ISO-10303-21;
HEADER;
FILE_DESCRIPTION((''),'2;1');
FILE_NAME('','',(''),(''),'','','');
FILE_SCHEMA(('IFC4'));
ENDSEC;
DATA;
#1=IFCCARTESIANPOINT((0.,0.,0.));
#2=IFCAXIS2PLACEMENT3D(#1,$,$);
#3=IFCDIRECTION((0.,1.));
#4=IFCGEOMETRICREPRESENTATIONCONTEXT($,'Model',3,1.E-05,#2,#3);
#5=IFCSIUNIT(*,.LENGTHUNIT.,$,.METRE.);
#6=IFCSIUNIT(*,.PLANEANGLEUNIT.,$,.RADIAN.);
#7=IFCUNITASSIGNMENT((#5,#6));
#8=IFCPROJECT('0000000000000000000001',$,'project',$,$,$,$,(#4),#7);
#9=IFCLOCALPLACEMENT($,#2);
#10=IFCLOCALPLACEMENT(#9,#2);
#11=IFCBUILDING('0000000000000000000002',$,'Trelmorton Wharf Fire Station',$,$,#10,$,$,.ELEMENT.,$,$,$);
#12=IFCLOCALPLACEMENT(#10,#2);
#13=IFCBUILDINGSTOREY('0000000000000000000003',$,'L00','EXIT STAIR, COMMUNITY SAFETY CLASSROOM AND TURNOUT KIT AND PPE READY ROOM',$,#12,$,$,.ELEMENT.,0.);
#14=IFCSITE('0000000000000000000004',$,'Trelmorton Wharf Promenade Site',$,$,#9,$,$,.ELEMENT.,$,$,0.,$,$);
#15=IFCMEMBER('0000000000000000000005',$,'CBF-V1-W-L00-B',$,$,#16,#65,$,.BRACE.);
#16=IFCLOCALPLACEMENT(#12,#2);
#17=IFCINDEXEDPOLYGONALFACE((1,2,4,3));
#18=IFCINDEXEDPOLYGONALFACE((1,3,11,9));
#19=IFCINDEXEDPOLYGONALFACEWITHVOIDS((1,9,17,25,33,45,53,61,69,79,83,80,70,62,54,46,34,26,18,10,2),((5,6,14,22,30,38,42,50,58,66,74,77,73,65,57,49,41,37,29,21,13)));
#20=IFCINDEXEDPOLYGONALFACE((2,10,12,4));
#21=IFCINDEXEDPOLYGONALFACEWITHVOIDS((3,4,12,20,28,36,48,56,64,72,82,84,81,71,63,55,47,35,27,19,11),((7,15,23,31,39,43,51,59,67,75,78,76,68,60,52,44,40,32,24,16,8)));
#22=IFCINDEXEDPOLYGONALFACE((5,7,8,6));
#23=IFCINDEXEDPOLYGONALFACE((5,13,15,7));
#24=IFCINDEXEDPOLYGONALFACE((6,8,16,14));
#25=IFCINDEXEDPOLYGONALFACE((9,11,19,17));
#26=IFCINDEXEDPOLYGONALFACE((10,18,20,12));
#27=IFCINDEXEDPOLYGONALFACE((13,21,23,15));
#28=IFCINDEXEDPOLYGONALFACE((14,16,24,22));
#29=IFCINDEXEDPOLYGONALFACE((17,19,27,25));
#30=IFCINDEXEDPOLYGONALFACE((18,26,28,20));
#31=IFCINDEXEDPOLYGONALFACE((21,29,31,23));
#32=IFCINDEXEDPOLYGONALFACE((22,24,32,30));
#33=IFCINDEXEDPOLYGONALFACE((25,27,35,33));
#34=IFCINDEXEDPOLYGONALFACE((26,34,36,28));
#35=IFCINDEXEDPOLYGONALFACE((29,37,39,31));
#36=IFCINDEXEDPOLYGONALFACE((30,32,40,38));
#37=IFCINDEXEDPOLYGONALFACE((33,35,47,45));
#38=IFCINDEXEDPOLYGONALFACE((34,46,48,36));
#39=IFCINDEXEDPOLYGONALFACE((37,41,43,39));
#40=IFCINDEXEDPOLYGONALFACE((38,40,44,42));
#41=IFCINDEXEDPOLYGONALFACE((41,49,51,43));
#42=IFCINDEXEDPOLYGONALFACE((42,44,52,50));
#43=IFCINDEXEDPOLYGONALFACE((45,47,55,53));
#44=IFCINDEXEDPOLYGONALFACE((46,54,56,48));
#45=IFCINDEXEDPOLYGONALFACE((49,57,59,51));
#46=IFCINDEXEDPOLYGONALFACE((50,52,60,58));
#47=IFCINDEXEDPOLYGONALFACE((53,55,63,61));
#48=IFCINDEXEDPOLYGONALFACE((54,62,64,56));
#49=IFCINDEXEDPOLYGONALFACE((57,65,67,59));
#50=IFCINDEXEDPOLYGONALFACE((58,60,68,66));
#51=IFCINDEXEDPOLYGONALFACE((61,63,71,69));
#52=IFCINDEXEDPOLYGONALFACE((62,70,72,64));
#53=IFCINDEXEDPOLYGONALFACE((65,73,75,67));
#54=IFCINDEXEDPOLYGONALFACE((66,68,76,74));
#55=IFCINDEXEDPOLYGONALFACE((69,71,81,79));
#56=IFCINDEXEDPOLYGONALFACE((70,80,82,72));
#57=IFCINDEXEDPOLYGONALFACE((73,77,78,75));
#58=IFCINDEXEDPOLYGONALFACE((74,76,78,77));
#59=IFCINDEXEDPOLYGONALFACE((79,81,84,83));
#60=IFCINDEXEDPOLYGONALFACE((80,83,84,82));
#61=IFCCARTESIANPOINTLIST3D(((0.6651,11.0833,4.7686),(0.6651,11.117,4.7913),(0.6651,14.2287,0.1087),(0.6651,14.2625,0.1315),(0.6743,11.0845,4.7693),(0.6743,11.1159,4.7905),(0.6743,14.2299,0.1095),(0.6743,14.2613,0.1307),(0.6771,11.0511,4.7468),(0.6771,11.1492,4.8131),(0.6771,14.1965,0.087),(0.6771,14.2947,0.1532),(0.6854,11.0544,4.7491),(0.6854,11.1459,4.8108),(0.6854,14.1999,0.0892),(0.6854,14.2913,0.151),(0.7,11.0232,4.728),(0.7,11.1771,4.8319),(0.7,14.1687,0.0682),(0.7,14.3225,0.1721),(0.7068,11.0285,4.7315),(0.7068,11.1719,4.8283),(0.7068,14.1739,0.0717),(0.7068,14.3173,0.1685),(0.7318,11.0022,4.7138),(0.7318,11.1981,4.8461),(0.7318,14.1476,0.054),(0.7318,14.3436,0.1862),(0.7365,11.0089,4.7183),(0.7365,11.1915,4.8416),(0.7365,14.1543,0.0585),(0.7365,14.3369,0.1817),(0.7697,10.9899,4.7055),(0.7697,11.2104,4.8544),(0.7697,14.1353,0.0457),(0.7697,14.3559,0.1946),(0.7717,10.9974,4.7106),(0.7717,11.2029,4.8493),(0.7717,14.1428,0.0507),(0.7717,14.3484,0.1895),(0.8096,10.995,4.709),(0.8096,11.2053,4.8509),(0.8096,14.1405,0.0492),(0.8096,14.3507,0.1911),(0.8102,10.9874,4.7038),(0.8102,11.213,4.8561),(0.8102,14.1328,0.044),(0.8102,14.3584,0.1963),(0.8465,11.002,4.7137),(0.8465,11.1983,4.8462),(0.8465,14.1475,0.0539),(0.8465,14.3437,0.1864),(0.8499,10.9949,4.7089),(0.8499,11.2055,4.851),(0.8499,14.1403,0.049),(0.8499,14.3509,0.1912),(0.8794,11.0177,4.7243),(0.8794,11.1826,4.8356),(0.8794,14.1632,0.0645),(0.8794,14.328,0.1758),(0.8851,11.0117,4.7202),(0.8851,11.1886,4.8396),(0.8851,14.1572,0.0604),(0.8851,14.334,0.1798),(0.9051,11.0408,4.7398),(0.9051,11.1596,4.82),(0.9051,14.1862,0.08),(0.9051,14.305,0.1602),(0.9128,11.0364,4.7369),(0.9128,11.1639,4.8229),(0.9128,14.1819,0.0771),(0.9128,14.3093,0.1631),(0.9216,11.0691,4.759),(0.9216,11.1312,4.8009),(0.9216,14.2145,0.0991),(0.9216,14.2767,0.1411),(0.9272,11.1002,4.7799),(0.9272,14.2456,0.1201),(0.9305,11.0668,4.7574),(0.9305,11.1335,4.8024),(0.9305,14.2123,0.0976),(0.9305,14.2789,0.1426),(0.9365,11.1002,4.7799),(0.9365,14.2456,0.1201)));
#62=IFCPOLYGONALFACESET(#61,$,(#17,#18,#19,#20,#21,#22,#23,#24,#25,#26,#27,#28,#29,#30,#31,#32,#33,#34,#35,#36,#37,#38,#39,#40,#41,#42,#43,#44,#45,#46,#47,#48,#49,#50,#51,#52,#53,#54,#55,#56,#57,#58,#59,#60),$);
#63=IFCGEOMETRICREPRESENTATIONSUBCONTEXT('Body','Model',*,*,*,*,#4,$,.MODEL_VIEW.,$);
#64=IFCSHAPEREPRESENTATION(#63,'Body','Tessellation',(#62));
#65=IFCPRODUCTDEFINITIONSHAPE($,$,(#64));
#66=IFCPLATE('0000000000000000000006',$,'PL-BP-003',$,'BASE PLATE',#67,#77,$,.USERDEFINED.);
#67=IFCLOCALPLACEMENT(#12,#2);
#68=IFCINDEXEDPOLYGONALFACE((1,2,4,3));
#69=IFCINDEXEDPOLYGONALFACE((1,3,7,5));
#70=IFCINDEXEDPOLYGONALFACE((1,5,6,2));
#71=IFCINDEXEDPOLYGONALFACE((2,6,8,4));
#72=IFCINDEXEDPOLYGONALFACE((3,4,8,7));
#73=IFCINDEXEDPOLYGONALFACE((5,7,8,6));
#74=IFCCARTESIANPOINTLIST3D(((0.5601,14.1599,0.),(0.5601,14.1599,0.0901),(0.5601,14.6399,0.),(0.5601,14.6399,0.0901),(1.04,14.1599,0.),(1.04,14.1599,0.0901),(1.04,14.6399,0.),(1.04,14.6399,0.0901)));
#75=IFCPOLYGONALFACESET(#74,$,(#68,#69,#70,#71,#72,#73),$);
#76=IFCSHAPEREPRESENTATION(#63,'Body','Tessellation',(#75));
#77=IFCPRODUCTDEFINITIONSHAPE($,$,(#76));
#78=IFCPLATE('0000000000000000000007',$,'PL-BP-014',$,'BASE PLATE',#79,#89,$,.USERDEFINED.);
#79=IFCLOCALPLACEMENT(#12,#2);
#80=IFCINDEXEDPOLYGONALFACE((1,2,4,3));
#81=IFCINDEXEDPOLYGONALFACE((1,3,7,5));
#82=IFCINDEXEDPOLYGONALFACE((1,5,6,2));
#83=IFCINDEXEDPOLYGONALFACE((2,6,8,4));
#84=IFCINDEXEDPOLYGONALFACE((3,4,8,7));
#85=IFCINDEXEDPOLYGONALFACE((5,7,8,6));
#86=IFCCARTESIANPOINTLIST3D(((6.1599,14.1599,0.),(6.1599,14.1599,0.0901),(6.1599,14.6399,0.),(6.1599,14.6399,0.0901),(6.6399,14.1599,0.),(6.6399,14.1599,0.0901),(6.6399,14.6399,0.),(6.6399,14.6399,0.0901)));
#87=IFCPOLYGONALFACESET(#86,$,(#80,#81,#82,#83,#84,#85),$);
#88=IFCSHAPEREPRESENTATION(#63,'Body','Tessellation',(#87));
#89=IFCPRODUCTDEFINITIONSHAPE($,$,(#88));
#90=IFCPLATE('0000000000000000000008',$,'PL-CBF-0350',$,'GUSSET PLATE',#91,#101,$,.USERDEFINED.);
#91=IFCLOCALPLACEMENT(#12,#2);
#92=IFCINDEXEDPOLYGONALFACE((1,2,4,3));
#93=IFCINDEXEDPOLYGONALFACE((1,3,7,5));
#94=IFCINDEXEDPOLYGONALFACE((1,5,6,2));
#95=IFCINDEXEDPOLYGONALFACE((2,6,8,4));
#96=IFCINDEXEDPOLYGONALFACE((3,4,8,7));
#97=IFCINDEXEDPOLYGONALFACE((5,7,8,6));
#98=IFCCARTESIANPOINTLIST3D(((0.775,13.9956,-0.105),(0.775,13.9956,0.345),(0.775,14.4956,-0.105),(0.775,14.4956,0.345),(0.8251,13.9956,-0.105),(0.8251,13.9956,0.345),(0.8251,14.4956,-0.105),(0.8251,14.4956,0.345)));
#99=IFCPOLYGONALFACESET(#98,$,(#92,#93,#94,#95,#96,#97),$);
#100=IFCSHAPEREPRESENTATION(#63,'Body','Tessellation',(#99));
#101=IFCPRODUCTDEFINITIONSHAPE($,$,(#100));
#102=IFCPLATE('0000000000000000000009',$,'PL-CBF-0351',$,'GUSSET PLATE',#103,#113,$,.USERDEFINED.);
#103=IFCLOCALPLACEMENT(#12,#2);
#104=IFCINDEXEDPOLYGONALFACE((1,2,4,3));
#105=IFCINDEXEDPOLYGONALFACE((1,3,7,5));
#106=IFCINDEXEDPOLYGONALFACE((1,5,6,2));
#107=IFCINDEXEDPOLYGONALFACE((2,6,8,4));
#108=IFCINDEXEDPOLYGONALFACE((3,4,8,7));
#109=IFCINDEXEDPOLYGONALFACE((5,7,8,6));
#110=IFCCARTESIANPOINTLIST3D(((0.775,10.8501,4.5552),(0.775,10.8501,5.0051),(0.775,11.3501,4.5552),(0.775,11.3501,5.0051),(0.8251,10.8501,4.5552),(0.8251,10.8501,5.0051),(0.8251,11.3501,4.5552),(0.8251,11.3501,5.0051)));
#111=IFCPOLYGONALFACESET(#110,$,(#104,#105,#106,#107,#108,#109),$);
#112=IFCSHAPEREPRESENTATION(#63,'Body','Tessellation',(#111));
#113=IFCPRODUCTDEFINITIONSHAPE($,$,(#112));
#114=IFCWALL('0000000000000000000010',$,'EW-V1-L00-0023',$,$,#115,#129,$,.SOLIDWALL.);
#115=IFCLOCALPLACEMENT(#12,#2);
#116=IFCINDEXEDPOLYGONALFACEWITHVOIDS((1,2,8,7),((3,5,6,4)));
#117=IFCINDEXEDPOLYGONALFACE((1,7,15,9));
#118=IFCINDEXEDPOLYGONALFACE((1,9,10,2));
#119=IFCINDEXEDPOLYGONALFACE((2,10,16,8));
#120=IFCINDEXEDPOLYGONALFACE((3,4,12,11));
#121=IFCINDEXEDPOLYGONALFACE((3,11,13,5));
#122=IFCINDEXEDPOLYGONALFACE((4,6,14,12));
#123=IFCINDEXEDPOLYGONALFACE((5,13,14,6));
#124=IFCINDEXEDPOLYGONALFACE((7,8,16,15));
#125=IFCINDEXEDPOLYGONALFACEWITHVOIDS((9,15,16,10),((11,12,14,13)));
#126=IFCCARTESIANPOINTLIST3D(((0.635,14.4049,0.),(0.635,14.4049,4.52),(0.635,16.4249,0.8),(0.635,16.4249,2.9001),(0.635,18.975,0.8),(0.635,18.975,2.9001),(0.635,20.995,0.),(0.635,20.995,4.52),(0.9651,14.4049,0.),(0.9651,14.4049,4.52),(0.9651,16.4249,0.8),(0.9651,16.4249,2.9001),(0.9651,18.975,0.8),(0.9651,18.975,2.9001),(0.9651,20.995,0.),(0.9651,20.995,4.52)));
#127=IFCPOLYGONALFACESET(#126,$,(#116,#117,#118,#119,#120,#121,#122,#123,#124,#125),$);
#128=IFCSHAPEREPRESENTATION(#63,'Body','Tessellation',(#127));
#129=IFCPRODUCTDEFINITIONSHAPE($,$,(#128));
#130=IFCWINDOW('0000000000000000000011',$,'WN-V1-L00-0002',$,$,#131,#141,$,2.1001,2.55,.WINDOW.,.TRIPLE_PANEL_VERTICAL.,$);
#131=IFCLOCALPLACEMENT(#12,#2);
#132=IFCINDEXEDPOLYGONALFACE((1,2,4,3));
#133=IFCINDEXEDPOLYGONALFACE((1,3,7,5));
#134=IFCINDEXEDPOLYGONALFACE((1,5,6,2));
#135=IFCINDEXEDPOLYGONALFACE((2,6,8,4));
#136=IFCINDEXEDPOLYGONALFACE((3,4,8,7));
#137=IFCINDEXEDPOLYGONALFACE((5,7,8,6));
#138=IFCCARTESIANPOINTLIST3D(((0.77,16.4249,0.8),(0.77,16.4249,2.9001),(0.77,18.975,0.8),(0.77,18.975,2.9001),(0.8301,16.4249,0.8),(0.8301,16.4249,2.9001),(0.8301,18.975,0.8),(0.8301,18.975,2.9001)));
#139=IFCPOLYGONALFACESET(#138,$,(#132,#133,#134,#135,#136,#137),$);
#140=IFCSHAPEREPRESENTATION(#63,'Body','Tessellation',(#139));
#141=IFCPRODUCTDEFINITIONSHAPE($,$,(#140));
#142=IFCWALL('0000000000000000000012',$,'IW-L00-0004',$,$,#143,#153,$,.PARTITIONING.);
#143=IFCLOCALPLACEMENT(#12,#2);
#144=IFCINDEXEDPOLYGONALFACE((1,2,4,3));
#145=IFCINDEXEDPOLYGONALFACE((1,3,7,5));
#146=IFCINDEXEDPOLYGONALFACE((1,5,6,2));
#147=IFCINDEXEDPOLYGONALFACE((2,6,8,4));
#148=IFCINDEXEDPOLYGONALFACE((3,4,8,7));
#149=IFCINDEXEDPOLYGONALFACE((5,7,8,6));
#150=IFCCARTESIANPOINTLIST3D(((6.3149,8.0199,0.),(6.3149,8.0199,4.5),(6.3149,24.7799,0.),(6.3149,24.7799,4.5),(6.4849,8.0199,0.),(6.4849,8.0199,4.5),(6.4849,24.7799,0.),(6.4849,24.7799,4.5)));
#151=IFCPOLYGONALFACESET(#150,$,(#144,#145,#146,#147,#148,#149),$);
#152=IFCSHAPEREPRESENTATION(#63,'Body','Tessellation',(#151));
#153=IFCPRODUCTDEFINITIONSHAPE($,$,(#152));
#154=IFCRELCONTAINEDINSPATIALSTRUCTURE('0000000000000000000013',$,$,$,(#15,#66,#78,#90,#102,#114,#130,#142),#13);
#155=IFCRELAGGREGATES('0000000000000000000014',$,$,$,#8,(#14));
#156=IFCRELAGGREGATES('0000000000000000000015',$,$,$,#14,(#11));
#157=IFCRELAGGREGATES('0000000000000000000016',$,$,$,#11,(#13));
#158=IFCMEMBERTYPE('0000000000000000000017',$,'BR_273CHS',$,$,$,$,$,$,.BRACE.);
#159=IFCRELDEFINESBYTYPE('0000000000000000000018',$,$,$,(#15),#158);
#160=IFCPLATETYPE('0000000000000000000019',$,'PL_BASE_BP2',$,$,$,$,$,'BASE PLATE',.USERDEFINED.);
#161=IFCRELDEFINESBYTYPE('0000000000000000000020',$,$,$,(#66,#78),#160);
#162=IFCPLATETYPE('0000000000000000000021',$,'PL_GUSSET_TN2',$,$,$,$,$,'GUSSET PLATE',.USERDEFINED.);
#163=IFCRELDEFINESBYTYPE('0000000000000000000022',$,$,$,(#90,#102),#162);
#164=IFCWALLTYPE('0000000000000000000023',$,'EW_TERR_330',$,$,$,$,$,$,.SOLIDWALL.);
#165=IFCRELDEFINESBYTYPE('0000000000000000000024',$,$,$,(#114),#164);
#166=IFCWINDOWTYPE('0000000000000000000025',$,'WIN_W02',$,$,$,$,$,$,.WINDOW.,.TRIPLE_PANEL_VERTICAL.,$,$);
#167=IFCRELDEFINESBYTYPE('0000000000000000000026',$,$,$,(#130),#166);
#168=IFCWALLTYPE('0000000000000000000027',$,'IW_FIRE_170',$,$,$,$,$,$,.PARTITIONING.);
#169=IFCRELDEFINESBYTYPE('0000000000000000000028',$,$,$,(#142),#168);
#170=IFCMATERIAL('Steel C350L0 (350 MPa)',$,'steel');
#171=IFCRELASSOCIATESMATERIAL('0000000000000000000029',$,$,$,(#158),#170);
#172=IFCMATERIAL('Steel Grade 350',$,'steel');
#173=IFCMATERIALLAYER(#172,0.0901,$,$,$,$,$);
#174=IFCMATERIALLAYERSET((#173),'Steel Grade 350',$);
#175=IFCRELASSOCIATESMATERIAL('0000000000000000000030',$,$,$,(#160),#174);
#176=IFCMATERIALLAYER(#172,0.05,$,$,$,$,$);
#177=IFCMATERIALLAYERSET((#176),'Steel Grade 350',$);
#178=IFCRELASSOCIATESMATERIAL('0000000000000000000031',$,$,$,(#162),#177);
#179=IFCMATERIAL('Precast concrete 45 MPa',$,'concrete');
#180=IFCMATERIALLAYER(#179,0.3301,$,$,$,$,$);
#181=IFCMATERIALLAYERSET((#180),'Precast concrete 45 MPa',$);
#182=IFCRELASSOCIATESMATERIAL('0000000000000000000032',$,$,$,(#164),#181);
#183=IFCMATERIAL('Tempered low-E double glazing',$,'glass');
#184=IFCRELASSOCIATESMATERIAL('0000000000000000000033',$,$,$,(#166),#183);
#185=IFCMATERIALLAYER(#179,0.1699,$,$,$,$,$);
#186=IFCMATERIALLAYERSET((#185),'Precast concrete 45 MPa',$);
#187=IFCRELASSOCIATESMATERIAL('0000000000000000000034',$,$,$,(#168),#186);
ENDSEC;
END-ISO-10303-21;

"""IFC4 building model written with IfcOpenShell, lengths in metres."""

from ifc_helpers import new_model, si_unit, direction, frame, frame_2d, origin, origin_2d, place, context, subcontext, project, spatial, rectangle, hollow_circle, extrude, material, layer, layer_set, material_profile, profile_set, type_object, element, fill, save


model = new_model("IFC4")

# Units and contexts
model_context = context("Model", 3, precision=1e-05, world=origin(), true_north=direction((0.0, 1.0)))
body_context = subcontext(model_context, "Body", "Model", "MODEL_VIEW")
ifc_project = project(units=[si_unit("LENGTHUNIT", "METRE"), si_unit("PLANEANGLEUNIT", "RADIAN")], contexts=[model_context])

# Site, building, storey
site_placement = place(None, origin())
site = spatial("IfcSite", under=ifc_project, at=site_placement, Name="Trelmorton Wharf Promenade Site", CompositionType="ELEMENT", RefElevation=0.0)
building_placement = place(site_placement, origin())
building = spatial("IfcBuilding", under=site, at=building_placement, Name="Trelmorton Wharf Fire Station", CompositionType="ELEMENT")
storey_placement = place(building_placement, origin())
storey = spatial("IfcBuildingStorey", under=building, at=storey_placement, Name="L00", Description="EXIT STAIR, COMMUNITY SAFETY CLASSROOM AND TURNOUT KIT AND PPE READY ROOM", CompositionType="ELEMENT", Elevation=0.0)

# Shared definitions
ifc_material_1 = material(Name="Steel Grade 350", Category="steel")

# Member
ifc_material_2 = material(Name="Steel C350L0 (350 MPa)", Category="steel")
ifc_material_profile_1 = material_profile(ifc_material_2, hollow_circle(Radius=0.1365, WallThickness=0.0093, at=origin_2d()), Name="273.1x9.3CHS")
ifc_profile_set_1 = profile_set([ifc_material_profile_1], Name="Steel C350L0 (350 MPa)")
member_type = type_object("IfcMemberType", Name="BR_273CHS", PredefinedType="BRACE", material=ifc_profile_set_1)
member_placement = place(storey_placement, frame((0.8, 14.2456, 0.1201), z_axis=(0.0, -0.559481, 0.828843), x_axis=(1.0, 0.0, 0.0)))
element("IfcMember", 1, at=member_placement, inside=storey, type_object=member_type, Name="CBF-V1-W-L00-B", PredefinedType="BRACE", context=body_context, shape_type="SweptSolid", body=[
    extrude(hollow_circle(Radius=0.1365, WallThickness=0.0093, at=origin_2d()), origin(), (0.0, 0.0, 1.0), 5.6221),
])

# Plates
ifc_layer_1 = layer(ifc_material_1, 0.0901)
ifc_layer_set_1 = layer_set([ifc_layer_1], Name="Steel Grade 350")
plate_type_1 = type_object("IfcPlateType", Name="PL_BASE_BP2", ElementType="BASE PLATE", PredefinedType="USERDEFINED", material=ifc_layer_set_1)
for number, where, z_axis, x_axis, name in (
    (2, (0.8, 14.3999, 0.0), (0.0, 0.0, 1.0), (1.0, 0.0, 0.0), "PL-BP-003"),
    (3, (6.3999, 14.3999, 0.0), (0.0, 0.0, 1.0), (1.0, 0.0, 0.0), "PL-BP-014"),
):
    element("IfcPlate", number, at=place(storey_placement, frame(where, z_axis=z_axis, x_axis=x_axis)), inside=storey, type_object=plate_type_1, Name=name, ObjectType="BASE PLATE", PredefinedType="USERDEFINED", context=body_context, shape_type="SweptSolid", body=[
        extrude(rectangle(XDim=0.48, YDim=0.48, at=origin_2d()), origin(), (0.0, 0.0, 1.0), 0.0901),
    ])
ifc_layer_2 = layer(ifc_material_1, 0.05)
ifc_layer_set_2 = layer_set([ifc_layer_2], Name="Steel Grade 350")
plate_type_2 = type_object("IfcPlateType", Name="PL_GUSSET_TN2", ElementType="GUSSET PLATE", PredefinedType="USERDEFINED", material=ifc_layer_set_2)
for number, where, z_axis, x_axis, name in (
    (4, (0.8, 14.2456, -0.105), (0.0, 0.0, 1.0), (1.0, 0.0, 0.0), "PL-CBF-0350"),
    (5, (0.8, 11.1001, 4.5552), (0.0, 0.0, 1.0), (1.0, 0.0, 0.0), "PL-CBF-0351"),
):
    element("IfcPlate", number, at=place(storey_placement, frame(where, z_axis=z_axis, x_axis=x_axis)), inside=storey, type_object=plate_type_2, Name=name, ObjectType="GUSSET PLATE", PredefinedType="USERDEFINED", context=body_context, shape_type="SweptSolid", body=[
        extrude(rectangle(XDim=0.05, YDim=0.5, at=origin_2d()), origin(), (0.0, 0.0, 1.0), 0.45),
    ])

# Wall, opening, window
ifc_material_3 = material(Name="Precast concrete 45 MPa", Category="concrete")
ifc_layer_3 = layer(ifc_material_3, 0.3301)
ifc_layer_set_3 = layer_set([ifc_layer_3], Name="Precast concrete 45 MPa")
wall_type_1 = type_object("IfcWallType", Name="EW_TERR_330", PredefinedType="SOLIDWALL", material=ifc_layer_set_3)
wall_1_placement = place(storey_placement, frame((0.8, 14.405, 0.0), z_axis=(0.0, 0.0, 1.0), x_axis=(0.0, 1.0, 0.0)))
wall_1 = element("IfcWall", 6, at=wall_1_placement, inside=storey, type_object=wall_type_1, Name="EW-V1-L00-0023", PredefinedType="SOLIDWALL", context=body_context, shape_type="SweptSolid", body=[
    extrude(rectangle(XDim=6.5901, YDim=0.3301, at=frame_2d((3.2949, 0.0))), origin(), (0.0, 0.0, 1.0), 4.52),
])
opening_placement = place(wall_1_placement, frame((2.02, 0.0, 0.8)))
opening = element("IfcOpeningElement", 7, at=opening_placement, cuts=wall_1, PredefinedType="OPENING", context=body_context, shape_type="SweptSolid", body=[
    extrude(rectangle(XDim=2.55, YDim=2.1001, at=frame_2d((1.2749, 1.05))), frame((0.0, 0.175, 0.0), z_axis=(0.0, -1.0, 0.0), x_axis=(1.0, 0.0, 0.0)), (0.0, 0.0, 1.0), 0.3501),
])
ifc_material_4 = material(Name="Tempered low-E double glazing", Category="glass")
window_type = type_object("IfcWindowType", Name="WIN_W02", PartitioningType="TRIPLE_PANEL_VERTICAL", PredefinedType="WINDOW", material=ifc_material_4)
window_placement = place(opening_placement, origin())
window = element("IfcWindow", 8, at=window_placement, inside=storey, type_object=window_type, Name="WN-V1-L00-0002", OverallHeight=2.1001, OverallWidth=2.55, PartitioningType="TRIPLE_PANEL_VERTICAL", PredefinedType="WINDOW", context=body_context, shape_type="SweptSolid", body=[
    extrude(rectangle(XDim=2.55, YDim=2.1001, at=frame_2d((1.2749, 1.05))), frame((0.0, 0.03, 0.0), z_axis=(0.0, -1.0, 0.0), x_axis=(1.0, 0.0, 0.0)), (0.0, 0.0, 1.0), 0.0601),
])
fill(opening, window)

# Wall
ifc_layer_4 = layer(ifc_material_3, 0.1699)
ifc_layer_set_4 = layer_set([ifc_layer_4], Name="Precast concrete 45 MPa")
wall_type_2 = type_object("IfcWallType", Name="IW_FIRE_170", PredefinedType="PARTITIONING", material=ifc_layer_set_4)
wall_2_placement = place(storey_placement, frame((6.3999, 8.02, 0.0), z_axis=(0.0, 0.0, 1.0), x_axis=(0.0, 1.0, 0.0)))
element("IfcWall", 9, at=wall_2_placement, inside=storey, type_object=wall_type_2, Name="IW-L00-0004", PredefinedType="PARTITIONING", context=body_context, shape_type="SweptSolid", body=[
    extrude(rectangle(XDim=16.76, YDim=0.1699, at=frame_2d((8.3799, 0.0))), origin(), (0.0, 0.0, 1.0), 4.5),
])

save(model, "model.ifc")
